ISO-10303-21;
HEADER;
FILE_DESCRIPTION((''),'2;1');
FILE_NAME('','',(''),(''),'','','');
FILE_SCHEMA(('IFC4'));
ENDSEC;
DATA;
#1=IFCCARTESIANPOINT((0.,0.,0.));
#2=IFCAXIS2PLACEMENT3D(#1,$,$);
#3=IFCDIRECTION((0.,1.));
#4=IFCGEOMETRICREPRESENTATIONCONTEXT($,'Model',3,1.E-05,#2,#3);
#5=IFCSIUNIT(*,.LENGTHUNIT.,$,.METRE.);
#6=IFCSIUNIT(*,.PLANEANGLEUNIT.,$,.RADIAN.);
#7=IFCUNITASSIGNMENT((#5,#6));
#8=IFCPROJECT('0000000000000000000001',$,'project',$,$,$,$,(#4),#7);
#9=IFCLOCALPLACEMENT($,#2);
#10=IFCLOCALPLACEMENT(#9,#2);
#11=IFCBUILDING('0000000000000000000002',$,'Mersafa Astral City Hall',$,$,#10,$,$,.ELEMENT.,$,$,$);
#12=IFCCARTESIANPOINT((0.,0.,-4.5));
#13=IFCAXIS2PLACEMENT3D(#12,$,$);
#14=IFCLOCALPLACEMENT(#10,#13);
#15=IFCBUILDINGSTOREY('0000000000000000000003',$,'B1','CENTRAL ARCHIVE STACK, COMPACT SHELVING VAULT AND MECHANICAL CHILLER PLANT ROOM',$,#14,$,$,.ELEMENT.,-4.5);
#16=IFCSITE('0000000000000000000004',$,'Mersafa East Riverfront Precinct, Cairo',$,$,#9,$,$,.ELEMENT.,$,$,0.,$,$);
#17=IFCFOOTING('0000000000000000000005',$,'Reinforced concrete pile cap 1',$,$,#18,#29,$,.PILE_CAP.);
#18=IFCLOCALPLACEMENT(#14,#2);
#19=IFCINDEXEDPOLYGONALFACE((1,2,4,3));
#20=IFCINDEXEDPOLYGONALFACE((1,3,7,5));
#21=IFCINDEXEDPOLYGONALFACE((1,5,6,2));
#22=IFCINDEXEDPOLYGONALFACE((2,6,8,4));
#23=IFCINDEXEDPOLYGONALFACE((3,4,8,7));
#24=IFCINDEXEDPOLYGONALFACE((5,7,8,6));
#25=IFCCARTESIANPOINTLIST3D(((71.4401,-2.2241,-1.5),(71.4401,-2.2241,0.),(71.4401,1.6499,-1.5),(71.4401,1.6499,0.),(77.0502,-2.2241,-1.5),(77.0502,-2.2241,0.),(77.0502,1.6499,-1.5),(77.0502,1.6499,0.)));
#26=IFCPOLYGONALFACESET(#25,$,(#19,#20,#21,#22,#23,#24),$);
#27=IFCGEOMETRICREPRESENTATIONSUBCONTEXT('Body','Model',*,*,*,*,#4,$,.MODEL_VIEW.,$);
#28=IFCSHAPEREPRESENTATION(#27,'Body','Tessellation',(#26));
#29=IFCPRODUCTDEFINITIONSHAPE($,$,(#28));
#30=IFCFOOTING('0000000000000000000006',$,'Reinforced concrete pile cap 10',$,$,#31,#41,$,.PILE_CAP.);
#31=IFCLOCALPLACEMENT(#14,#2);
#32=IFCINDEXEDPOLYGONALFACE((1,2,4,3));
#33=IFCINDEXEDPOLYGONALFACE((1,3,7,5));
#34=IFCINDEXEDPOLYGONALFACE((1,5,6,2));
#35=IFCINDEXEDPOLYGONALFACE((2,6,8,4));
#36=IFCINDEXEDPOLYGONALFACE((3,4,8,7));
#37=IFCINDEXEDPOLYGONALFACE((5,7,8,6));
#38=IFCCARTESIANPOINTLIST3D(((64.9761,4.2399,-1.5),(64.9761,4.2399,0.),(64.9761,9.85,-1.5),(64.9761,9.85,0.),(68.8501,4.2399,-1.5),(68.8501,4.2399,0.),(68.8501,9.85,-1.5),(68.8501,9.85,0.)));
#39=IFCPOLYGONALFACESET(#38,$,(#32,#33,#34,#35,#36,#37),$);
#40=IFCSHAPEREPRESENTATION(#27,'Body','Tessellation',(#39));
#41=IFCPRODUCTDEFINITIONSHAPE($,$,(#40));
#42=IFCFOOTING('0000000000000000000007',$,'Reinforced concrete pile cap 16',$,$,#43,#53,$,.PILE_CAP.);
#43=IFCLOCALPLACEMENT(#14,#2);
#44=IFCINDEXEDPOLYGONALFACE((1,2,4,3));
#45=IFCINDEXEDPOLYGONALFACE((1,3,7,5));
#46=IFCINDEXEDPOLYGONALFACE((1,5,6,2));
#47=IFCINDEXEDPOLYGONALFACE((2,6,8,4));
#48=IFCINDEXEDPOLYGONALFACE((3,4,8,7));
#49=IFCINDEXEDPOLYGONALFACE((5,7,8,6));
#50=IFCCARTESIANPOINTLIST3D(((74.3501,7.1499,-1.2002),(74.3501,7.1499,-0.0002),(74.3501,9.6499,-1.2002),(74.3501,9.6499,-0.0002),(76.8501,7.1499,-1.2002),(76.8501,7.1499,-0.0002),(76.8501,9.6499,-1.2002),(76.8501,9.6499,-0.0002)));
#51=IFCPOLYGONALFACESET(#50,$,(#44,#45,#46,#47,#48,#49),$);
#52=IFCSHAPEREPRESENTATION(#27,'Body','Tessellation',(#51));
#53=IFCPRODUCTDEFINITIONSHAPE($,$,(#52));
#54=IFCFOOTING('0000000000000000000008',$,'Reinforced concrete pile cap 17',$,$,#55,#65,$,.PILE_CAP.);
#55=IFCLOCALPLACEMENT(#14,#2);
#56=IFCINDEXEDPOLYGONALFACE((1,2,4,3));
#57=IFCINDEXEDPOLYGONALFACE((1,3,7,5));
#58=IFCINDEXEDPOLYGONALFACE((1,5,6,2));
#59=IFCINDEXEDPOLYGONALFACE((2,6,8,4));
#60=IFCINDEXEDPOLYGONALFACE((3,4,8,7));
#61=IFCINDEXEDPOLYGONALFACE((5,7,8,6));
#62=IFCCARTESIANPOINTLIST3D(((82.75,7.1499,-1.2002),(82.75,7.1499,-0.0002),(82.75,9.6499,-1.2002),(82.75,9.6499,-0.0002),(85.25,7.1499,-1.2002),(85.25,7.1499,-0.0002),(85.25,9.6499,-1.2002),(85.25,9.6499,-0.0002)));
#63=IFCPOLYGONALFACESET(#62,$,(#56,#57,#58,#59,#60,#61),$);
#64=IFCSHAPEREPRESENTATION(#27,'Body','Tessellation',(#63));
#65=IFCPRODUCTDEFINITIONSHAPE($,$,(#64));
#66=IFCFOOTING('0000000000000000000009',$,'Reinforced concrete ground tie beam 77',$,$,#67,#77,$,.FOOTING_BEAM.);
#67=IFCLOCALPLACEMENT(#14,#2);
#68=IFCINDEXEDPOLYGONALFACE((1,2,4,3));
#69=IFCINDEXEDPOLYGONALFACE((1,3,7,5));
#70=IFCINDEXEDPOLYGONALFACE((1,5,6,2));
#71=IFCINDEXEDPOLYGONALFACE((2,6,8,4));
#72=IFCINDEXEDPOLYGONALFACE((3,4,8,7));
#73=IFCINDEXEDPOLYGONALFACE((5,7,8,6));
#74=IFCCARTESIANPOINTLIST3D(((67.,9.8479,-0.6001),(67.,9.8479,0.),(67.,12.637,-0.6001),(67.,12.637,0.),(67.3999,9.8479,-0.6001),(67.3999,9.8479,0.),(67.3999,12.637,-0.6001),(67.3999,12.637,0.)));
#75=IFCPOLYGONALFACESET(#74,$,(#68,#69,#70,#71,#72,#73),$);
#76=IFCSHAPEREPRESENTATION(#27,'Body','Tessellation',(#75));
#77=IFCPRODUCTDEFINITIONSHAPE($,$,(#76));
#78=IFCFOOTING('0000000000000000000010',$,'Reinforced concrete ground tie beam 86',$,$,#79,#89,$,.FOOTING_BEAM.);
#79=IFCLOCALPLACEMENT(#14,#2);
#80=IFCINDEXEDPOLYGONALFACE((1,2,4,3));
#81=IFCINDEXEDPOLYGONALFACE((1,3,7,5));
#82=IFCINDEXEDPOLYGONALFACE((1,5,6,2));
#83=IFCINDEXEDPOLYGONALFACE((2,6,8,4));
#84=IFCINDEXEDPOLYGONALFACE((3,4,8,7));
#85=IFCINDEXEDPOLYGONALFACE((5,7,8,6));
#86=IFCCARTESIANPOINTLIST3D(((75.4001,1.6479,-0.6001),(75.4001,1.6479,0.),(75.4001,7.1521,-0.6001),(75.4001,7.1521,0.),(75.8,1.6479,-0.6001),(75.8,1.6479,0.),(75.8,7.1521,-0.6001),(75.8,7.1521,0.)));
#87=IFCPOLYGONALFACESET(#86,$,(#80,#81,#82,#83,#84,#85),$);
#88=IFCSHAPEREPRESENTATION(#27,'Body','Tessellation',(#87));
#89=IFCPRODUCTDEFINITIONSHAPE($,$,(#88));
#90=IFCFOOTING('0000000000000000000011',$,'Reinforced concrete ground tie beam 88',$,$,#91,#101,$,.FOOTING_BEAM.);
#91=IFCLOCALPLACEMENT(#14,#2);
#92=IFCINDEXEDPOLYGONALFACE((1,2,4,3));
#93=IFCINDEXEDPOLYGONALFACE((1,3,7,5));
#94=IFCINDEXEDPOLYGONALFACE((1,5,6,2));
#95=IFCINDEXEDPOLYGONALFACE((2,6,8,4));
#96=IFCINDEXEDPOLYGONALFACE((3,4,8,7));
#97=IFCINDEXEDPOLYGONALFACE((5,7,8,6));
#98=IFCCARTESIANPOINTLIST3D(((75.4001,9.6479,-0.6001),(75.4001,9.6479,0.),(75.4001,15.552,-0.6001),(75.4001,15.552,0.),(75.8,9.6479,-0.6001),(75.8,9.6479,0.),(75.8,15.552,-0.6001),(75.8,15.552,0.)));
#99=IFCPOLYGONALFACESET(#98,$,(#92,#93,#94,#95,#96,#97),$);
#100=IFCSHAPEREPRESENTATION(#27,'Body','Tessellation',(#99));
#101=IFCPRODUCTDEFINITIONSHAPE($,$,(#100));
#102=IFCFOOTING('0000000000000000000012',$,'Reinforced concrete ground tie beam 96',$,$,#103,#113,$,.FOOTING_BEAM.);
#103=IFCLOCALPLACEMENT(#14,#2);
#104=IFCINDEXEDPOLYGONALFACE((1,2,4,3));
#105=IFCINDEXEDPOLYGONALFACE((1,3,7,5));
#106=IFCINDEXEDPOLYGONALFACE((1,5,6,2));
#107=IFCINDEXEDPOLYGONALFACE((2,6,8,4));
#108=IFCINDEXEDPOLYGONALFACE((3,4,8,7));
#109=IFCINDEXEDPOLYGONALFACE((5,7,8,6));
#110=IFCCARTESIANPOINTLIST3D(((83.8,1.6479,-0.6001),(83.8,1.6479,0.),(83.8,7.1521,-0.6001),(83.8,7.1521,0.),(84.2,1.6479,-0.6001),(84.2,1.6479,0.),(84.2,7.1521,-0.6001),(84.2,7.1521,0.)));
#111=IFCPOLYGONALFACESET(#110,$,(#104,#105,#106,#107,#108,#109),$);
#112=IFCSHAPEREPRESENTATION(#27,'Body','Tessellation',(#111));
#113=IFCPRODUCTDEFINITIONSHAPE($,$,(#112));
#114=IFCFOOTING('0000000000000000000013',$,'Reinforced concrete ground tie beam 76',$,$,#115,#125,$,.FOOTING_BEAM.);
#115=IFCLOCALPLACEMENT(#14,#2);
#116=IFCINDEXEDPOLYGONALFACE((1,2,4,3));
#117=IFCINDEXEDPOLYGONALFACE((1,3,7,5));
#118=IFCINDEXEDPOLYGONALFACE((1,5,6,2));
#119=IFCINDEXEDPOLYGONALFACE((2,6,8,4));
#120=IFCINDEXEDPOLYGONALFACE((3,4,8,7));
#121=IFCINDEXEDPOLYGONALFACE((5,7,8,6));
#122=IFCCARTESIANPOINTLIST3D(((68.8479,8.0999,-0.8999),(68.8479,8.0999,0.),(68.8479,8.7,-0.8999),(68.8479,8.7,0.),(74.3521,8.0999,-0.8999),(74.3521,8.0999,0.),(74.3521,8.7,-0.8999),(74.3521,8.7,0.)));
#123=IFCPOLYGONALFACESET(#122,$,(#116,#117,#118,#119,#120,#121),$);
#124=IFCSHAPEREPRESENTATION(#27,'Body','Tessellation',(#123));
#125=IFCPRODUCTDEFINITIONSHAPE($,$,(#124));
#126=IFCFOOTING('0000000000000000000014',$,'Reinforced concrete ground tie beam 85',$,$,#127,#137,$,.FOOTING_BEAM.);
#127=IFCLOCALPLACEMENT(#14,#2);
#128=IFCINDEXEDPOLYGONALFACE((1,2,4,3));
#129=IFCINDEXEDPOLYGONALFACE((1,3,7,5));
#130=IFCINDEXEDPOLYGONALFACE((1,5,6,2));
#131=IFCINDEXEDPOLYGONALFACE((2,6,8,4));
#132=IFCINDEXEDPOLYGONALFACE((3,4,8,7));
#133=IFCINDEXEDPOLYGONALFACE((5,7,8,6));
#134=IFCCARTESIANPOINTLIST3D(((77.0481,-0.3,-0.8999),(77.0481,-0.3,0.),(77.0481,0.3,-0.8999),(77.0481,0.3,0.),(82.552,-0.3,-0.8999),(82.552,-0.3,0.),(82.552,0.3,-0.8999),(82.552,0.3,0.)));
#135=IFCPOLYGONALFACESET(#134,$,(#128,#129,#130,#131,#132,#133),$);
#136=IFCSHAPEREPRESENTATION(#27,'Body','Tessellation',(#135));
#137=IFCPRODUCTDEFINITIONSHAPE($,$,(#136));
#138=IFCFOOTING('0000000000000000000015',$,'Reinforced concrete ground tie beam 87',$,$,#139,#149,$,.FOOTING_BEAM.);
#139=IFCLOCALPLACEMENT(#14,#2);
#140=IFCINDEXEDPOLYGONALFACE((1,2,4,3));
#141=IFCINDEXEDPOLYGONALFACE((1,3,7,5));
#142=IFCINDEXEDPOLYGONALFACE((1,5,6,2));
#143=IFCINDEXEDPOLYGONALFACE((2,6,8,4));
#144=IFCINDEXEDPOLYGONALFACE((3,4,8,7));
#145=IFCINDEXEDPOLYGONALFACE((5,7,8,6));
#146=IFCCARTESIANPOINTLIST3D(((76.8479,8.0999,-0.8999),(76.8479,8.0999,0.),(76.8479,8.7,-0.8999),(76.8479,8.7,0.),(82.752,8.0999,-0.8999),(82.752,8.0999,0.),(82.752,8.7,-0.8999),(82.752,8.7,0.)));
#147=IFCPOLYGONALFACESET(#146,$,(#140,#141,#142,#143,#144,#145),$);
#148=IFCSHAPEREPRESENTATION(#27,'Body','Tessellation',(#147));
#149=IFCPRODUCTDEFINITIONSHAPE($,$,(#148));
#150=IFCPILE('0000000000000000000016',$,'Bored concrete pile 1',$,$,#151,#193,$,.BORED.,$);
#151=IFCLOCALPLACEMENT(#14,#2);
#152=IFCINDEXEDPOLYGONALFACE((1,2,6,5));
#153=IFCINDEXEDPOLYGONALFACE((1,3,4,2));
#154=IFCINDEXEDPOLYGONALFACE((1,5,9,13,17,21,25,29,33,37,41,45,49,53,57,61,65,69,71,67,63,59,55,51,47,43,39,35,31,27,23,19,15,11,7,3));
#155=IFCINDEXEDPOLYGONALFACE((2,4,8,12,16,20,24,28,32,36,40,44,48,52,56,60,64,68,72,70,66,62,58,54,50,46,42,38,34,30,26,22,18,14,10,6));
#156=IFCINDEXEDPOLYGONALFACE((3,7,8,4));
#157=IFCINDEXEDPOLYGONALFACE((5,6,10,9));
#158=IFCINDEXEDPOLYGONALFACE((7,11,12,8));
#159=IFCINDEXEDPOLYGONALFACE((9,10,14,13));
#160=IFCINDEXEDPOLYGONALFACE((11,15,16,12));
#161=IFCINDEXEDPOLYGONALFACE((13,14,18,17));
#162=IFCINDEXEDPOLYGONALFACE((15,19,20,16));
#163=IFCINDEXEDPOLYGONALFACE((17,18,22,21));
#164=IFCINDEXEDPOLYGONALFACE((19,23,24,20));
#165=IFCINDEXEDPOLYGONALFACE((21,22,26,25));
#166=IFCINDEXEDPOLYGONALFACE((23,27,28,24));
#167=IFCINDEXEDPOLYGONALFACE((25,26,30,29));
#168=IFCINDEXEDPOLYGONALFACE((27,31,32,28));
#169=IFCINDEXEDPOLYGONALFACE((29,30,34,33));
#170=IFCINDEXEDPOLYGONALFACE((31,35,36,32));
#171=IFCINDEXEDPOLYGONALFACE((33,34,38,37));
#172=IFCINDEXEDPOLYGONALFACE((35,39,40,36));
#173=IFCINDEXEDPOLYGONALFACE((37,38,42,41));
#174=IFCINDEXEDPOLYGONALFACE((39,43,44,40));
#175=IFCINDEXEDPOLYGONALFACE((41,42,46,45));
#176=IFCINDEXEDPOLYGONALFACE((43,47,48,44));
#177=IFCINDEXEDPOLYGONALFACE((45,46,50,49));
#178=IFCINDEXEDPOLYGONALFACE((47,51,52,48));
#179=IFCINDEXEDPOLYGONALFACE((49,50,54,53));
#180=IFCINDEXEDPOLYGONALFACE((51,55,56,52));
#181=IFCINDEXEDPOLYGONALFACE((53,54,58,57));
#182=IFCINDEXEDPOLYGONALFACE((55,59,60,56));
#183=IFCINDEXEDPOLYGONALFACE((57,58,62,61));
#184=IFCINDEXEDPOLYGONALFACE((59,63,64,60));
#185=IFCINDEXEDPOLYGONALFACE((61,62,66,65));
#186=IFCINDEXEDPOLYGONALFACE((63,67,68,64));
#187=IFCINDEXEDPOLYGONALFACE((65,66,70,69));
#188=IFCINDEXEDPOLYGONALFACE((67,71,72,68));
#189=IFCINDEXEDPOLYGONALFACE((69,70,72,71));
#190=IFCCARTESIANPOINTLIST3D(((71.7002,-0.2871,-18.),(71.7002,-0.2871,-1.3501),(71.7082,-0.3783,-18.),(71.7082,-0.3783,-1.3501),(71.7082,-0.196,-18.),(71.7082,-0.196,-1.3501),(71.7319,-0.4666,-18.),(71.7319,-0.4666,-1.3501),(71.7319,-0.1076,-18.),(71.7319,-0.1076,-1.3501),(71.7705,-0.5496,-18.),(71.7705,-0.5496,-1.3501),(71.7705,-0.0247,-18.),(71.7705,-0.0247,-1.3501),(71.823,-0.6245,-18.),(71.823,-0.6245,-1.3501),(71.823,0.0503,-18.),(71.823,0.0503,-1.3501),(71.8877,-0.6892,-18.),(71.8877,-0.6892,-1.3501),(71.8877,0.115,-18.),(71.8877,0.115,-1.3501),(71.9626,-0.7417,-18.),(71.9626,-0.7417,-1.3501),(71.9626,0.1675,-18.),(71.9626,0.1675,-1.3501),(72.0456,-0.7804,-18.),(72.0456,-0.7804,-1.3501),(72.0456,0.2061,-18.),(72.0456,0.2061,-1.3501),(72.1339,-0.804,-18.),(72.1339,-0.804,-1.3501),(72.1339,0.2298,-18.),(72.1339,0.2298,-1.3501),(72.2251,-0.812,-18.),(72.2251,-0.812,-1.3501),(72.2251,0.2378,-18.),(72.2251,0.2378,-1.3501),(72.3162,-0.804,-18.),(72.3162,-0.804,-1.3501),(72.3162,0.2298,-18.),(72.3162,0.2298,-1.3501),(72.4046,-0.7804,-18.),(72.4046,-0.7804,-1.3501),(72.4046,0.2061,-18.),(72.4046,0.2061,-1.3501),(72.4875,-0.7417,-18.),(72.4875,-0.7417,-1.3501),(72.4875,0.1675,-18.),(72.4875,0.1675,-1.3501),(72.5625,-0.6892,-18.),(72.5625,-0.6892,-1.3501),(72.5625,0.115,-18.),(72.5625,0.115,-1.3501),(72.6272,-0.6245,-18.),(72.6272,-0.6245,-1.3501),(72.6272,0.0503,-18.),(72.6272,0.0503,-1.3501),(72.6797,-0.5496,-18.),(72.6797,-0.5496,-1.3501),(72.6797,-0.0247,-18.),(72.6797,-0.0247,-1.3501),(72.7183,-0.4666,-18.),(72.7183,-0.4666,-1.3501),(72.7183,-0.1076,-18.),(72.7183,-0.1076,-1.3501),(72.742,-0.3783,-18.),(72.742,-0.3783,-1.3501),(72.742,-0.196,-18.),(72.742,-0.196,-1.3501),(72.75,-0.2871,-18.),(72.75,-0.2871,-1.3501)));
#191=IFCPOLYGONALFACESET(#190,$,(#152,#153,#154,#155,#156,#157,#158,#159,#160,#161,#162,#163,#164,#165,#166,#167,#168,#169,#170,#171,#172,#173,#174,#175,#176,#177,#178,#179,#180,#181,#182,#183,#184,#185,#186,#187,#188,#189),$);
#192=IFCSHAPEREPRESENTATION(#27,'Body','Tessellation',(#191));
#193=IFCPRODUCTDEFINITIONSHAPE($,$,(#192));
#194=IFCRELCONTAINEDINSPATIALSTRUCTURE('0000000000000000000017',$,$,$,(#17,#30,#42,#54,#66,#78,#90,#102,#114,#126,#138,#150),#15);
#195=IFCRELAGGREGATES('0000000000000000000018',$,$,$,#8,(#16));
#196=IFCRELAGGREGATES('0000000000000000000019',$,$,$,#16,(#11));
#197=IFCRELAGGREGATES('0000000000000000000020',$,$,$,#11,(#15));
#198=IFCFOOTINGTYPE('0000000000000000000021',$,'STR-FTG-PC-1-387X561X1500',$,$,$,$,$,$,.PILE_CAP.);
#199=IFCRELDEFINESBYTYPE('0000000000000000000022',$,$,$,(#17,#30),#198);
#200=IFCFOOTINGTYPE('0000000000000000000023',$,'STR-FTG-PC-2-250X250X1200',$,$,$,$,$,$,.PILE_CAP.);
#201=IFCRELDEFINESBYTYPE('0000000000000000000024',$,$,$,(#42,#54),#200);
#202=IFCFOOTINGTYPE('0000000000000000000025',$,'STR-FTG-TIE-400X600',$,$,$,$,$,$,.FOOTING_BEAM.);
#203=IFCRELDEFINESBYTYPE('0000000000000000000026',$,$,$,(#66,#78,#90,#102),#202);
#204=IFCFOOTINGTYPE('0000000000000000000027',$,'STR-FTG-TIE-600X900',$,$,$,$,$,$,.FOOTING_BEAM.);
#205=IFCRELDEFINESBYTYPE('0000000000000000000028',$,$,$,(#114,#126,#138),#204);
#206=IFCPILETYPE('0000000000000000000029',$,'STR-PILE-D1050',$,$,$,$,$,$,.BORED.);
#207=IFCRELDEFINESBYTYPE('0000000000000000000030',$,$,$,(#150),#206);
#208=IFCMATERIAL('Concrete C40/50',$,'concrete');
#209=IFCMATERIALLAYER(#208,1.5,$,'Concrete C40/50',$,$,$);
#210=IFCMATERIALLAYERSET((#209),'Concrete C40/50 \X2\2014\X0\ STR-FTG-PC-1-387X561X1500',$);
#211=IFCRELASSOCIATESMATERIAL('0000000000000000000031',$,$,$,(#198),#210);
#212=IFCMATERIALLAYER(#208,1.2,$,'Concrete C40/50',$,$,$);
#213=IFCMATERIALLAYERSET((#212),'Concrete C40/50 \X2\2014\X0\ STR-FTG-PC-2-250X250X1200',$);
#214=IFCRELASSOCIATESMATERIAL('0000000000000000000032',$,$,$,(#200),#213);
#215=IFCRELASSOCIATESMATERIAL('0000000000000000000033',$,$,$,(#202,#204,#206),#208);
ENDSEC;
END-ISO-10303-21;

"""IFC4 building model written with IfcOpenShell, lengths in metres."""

from ifc_helpers import new_model, si_unit, direction, frame, origin, origin_2d, place, context, subcontext, project, spatial, rectangle, circle, extrude, material, layer, layer_set, material_profile, profile_set, type_object, element, save


model = new_model("IFC4")

# Units and contexts
model_context = context("Model", 3, precision=1e-05, world=origin(), true_north=direction((0.0, 1.0)))
body_context = subcontext(model_context, "Body", "Model", "MODEL_VIEW")
ifc_project = project(units=[si_unit("LENGTHUNIT", "METRE"), si_unit("PLANEANGLEUNIT", "RADIAN")], contexts=[model_context])

# Site, building, storey
site_placement = place(None, origin())
site = spatial("IfcSite", under=ifc_project, at=site_placement, Name="Mersafa East Riverfront Precinct, Cairo", CompositionType="ELEMENT", RefElevation=0.0)
building_placement = place(site_placement, origin())
building = spatial("IfcBuilding", under=site, at=building_placement, Name="Mersafa Astral City Hall", CompositionType="ELEMENT")
storey_placement = place(building_placement, frame((0.0, 0.0, -4.5)))
storey = spatial("IfcBuildingStorey", under=building, at=storey_placement, Name="B1", Description="CENTRAL ARCHIVE STACK, COMPACT SHELVING VAULT AND MECHANICAL CHILLER PLANT ROOM", CompositionType="ELEMENT", Elevation=-4.5)

# Footings
ifc_material = material(Name="Concrete C40/50", Category="concrete")
ifc_layer_1 = layer(ifc_material, 1.5, Name="Concrete C40/50")
ifc_layer_set_1 = layer_set([ifc_layer_1], Name="Concrete C40/50 — STR-FTG-PC-1-387X561X1500")
footing_type_1 = type_object("IfcFootingType", Name="STR-FTG-PC-1-387X561X1500", PredefinedType="PILE_CAP", material=ifc_layer_set_1)
footing_1_placement = place(storey_placement, frame((74.2451, -0.2871, -1.5), z_axis=(0.0, 0.0, 1.0), x_axis=(1.0, 0.0, 0.0)))
element("IfcFooting", 1, at=footing_1_placement, inside=storey, type_object=footing_type_1, Name="Reinforced concrete pile cap 1", PredefinedType="PILE_CAP", context=body_context, shape_type="SweptSolid", body=[
    extrude(rectangle(XDim=5.6101, YDim=3.874, at=origin_2d()), origin(), (0.0, 0.0, 1.0), 1.5),
])
footing_2_placement = place(storey_placement, frame((66.9131, 7.0449, -1.5), z_axis=(0.0, 0.0, 1.0), x_axis=(1.0, 0.0, 0.0)))
element("IfcFooting", 2, at=footing_2_placement, inside=storey, type_object=footing_type_1, Name="Reinforced concrete pile cap 10", PredefinedType="PILE_CAP", context=body_context, shape_type="SweptSolid", body=[
    extrude(rectangle(XDim=3.874, YDim=5.6101, at=origin_2d()), origin(), (0.0, 0.0, 1.0), 1.5),
])
ifc_layer_2 = layer(ifc_material, 1.2, Name="Concrete C40/50")
ifc_layer_set_2 = layer_set([ifc_layer_2], Name="Concrete C40/50 — STR-FTG-PC-2-250X250X1200")
footing_type_2 = type_object("IfcFootingType", Name="STR-FTG-PC-2-250X250X1200", PredefinedType="PILE_CAP", material=ifc_layer_set_2)
for number, where, z_axis, x_axis, name in (
    (3, (75.6001, 8.3999, -1.2002), (0.0, 0.0, 1.0), (1.0, 0.0, 0.0), "Reinforced concrete pile cap 16"),
    (4, (84.0, 8.3999, -1.2002), (0.0, 0.0, 1.0), (1.0, 0.0, 0.0), "Reinforced concrete pile cap 17"),
):
    element("IfcFooting", number, at=place(storey_placement, frame(where, z_axis=z_axis, x_axis=x_axis)), inside=storey, type_object=footing_type_2, Name=name, PredefinedType="PILE_CAP", context=body_context, shape_type="SweptSolid", body=[
        extrude(rectangle(XDim=2.5, YDim=2.5, at=origin_2d()), origin(), (0.0, 0.0, 1.0), 1.2),
    ])
ifc_material_profile_1 = material_profile(ifc_material, rectangle(XDim=0.3999, YDim=0.6001, at=origin_2d()), Name="RC 400x600")
ifc_profile_set_1 = profile_set([ifc_material_profile_1], Name="Concrete C40/50")
footing_type_3 = type_object("IfcFootingType", Name="STR-FTG-TIE-400X600", PredefinedType="FOOTING_BEAM", material=ifc_profile_set_1)
footing_3_placement = place(storey_placement, frame((67.2, 9.8479, -0.3), z_axis=(0.0, 1.0, 0.0), x_axis=(-1.0, 0.0, 0.0)))
element("IfcFooting", 5, at=footing_3_placement, inside=storey, type_object=footing_type_3, Name="Reinforced concrete ground tie beam 77", PredefinedType="FOOTING_BEAM", context=body_context, shape_type="SweptSolid", body=[
    extrude(rectangle(XDim=0.3999, YDim=0.6001, at=origin_2d()), origin(), (0.0, 0.0, 1.0), 2.7891),
])
footing_4_placement = place(storey_placement, frame((75.6001, 1.6479, -0.3), z_axis=(0.0, 1.0, 0.0), x_axis=(-1.0, 0.0, 0.0)))
element("IfcFooting", 6, at=footing_4_placement, inside=storey, type_object=footing_type_3, Name="Reinforced concrete ground tie beam 86", PredefinedType="FOOTING_BEAM", context=body_context, shape_type="SweptSolid", body=[
    extrude(rectangle(XDim=0.3999, YDim=0.6001, at=origin_2d()), origin(), (0.0, 0.0, 1.0), 5.5042),
])
footing_5_placement = place(storey_placement, frame((75.6001, 9.6479, -0.3), z_axis=(0.0, 1.0, 0.0), x_axis=(-1.0, 0.0, 0.0)))
element("IfcFooting", 7, at=footing_5_placement, inside=storey, type_object=footing_type_3, Name="Reinforced concrete ground tie beam 88", PredefinedType="FOOTING_BEAM", context=body_context, shape_type="SweptSolid", body=[
    extrude(rectangle(XDim=0.3999, YDim=0.6001, at=origin_2d()), origin(), (0.0, 0.0, 1.0), 5.9041),
])
footing_6_placement = place(storey_placement, frame((84.0, 1.6479, -0.3), z_axis=(0.0, 1.0, 0.0), x_axis=(-1.0, 0.0, 0.0)))
element("IfcFooting", 8, at=footing_6_placement, inside=storey, type_object=footing_type_3, Name="Reinforced concrete ground tie beam 96", PredefinedType="FOOTING_BEAM", context=body_context, shape_type="SweptSolid", body=[
    extrude(rectangle(XDim=0.3999, YDim=0.6001, at=origin_2d()), origin(), (0.0, 0.0, 1.0), 5.5042),
])
ifc_material_profile_2 = material_profile(ifc_material, rectangle(XDim=0.6001, YDim=0.8999, at=origin_2d()), Name="RC 600x900")
ifc_profile_set_2 = profile_set([ifc_material_profile_2], Name="Concrete C40/50")
footing_type_4 = type_object("IfcFootingType", Name="STR-FTG-TIE-600X900", PredefinedType="FOOTING_BEAM", material=ifc_profile_set_2)
footing_7_placement = place(storey_placement, frame((68.8479, 8.3999, -0.45), z_axis=(1.0, 0.0, 0.0), x_axis=(0.0, 1.0, 0.0)))
element("IfcFooting", 9, at=footing_7_placement, inside=storey, type_object=footing_type_4, Name="Reinforced concrete ground tie beam 76", PredefinedType="FOOTING_BEAM", context=body_context, shape_type="SweptSolid", body=[
    extrude(rectangle(XDim=0.6001, YDim=0.8999, at=origin_2d()), origin(), (0.0, 0.0, 1.0), 5.5042),
])
footing_8_placement = place(storey_placement, frame((77.0481, 0.0, -0.45), z_axis=(1.0, 0.0, 0.0), x_axis=(0.0, 1.0, 0.0)))
element("IfcFooting", 10, at=footing_8_placement, inside=storey, type_object=footing_type_4, Name="Reinforced concrete ground tie beam 85", PredefinedType="FOOTING_BEAM", context=body_context, shape_type="SweptSolid", body=[
    extrude(rectangle(XDim=0.6001, YDim=0.8999, at=origin_2d()), origin(), (0.0, 0.0, 1.0), 5.5039),
])
footing_9_placement = place(storey_placement, frame((76.8479, 8.3999, -0.45), z_axis=(1.0, 0.0, 0.0), x_axis=(0.0, 1.0, 0.0)))
element("IfcFooting", 11, at=footing_9_placement, inside=storey, type_object=footing_type_4, Name="Reinforced concrete ground tie beam 87", PredefinedType="FOOTING_BEAM", context=body_context, shape_type="SweptSolid", body=[
    extrude(rectangle(XDim=0.6001, YDim=0.8999, at=origin_2d()), origin(), (0.0, 0.0, 1.0), 5.9041),
])

# Pile
ifc_material_profile_3 = material_profile(ifc_material, circle(Radius=0.5249, at=origin_2d()), Name="PILE D1050")
ifc_profile_set_3 = profile_set([ifc_material_profile_3], Name="Concrete C40/50")
pile_type_1 = type_object("IfcPileType", Name="STR-PILE-D1050", PredefinedType="BORED", material=ifc_profile_set_3)
for number, where, z_axis, x_axis, name in (
    (12, (72.2251, -0.2871, -1.3501), (0.0, 0.0, -1.0), (1.0, 0.0, 0.0), "Bored concrete pile 1"),
):
    element("IfcPile", number, at=place(storey_placement, frame(where, z_axis=z_axis, x_axis=x_axis)), inside=storey, type_object=pile_type_1, Name=name, PredefinedType="BORED", context=body_context, shape_type="SweptSolid", body=[
        extrude(circle(Radius=0.5249, at=origin_2d()), origin(), (0.0, 0.0, 1.0), 16.6499),
    ])

save(model, "model.ifc")
